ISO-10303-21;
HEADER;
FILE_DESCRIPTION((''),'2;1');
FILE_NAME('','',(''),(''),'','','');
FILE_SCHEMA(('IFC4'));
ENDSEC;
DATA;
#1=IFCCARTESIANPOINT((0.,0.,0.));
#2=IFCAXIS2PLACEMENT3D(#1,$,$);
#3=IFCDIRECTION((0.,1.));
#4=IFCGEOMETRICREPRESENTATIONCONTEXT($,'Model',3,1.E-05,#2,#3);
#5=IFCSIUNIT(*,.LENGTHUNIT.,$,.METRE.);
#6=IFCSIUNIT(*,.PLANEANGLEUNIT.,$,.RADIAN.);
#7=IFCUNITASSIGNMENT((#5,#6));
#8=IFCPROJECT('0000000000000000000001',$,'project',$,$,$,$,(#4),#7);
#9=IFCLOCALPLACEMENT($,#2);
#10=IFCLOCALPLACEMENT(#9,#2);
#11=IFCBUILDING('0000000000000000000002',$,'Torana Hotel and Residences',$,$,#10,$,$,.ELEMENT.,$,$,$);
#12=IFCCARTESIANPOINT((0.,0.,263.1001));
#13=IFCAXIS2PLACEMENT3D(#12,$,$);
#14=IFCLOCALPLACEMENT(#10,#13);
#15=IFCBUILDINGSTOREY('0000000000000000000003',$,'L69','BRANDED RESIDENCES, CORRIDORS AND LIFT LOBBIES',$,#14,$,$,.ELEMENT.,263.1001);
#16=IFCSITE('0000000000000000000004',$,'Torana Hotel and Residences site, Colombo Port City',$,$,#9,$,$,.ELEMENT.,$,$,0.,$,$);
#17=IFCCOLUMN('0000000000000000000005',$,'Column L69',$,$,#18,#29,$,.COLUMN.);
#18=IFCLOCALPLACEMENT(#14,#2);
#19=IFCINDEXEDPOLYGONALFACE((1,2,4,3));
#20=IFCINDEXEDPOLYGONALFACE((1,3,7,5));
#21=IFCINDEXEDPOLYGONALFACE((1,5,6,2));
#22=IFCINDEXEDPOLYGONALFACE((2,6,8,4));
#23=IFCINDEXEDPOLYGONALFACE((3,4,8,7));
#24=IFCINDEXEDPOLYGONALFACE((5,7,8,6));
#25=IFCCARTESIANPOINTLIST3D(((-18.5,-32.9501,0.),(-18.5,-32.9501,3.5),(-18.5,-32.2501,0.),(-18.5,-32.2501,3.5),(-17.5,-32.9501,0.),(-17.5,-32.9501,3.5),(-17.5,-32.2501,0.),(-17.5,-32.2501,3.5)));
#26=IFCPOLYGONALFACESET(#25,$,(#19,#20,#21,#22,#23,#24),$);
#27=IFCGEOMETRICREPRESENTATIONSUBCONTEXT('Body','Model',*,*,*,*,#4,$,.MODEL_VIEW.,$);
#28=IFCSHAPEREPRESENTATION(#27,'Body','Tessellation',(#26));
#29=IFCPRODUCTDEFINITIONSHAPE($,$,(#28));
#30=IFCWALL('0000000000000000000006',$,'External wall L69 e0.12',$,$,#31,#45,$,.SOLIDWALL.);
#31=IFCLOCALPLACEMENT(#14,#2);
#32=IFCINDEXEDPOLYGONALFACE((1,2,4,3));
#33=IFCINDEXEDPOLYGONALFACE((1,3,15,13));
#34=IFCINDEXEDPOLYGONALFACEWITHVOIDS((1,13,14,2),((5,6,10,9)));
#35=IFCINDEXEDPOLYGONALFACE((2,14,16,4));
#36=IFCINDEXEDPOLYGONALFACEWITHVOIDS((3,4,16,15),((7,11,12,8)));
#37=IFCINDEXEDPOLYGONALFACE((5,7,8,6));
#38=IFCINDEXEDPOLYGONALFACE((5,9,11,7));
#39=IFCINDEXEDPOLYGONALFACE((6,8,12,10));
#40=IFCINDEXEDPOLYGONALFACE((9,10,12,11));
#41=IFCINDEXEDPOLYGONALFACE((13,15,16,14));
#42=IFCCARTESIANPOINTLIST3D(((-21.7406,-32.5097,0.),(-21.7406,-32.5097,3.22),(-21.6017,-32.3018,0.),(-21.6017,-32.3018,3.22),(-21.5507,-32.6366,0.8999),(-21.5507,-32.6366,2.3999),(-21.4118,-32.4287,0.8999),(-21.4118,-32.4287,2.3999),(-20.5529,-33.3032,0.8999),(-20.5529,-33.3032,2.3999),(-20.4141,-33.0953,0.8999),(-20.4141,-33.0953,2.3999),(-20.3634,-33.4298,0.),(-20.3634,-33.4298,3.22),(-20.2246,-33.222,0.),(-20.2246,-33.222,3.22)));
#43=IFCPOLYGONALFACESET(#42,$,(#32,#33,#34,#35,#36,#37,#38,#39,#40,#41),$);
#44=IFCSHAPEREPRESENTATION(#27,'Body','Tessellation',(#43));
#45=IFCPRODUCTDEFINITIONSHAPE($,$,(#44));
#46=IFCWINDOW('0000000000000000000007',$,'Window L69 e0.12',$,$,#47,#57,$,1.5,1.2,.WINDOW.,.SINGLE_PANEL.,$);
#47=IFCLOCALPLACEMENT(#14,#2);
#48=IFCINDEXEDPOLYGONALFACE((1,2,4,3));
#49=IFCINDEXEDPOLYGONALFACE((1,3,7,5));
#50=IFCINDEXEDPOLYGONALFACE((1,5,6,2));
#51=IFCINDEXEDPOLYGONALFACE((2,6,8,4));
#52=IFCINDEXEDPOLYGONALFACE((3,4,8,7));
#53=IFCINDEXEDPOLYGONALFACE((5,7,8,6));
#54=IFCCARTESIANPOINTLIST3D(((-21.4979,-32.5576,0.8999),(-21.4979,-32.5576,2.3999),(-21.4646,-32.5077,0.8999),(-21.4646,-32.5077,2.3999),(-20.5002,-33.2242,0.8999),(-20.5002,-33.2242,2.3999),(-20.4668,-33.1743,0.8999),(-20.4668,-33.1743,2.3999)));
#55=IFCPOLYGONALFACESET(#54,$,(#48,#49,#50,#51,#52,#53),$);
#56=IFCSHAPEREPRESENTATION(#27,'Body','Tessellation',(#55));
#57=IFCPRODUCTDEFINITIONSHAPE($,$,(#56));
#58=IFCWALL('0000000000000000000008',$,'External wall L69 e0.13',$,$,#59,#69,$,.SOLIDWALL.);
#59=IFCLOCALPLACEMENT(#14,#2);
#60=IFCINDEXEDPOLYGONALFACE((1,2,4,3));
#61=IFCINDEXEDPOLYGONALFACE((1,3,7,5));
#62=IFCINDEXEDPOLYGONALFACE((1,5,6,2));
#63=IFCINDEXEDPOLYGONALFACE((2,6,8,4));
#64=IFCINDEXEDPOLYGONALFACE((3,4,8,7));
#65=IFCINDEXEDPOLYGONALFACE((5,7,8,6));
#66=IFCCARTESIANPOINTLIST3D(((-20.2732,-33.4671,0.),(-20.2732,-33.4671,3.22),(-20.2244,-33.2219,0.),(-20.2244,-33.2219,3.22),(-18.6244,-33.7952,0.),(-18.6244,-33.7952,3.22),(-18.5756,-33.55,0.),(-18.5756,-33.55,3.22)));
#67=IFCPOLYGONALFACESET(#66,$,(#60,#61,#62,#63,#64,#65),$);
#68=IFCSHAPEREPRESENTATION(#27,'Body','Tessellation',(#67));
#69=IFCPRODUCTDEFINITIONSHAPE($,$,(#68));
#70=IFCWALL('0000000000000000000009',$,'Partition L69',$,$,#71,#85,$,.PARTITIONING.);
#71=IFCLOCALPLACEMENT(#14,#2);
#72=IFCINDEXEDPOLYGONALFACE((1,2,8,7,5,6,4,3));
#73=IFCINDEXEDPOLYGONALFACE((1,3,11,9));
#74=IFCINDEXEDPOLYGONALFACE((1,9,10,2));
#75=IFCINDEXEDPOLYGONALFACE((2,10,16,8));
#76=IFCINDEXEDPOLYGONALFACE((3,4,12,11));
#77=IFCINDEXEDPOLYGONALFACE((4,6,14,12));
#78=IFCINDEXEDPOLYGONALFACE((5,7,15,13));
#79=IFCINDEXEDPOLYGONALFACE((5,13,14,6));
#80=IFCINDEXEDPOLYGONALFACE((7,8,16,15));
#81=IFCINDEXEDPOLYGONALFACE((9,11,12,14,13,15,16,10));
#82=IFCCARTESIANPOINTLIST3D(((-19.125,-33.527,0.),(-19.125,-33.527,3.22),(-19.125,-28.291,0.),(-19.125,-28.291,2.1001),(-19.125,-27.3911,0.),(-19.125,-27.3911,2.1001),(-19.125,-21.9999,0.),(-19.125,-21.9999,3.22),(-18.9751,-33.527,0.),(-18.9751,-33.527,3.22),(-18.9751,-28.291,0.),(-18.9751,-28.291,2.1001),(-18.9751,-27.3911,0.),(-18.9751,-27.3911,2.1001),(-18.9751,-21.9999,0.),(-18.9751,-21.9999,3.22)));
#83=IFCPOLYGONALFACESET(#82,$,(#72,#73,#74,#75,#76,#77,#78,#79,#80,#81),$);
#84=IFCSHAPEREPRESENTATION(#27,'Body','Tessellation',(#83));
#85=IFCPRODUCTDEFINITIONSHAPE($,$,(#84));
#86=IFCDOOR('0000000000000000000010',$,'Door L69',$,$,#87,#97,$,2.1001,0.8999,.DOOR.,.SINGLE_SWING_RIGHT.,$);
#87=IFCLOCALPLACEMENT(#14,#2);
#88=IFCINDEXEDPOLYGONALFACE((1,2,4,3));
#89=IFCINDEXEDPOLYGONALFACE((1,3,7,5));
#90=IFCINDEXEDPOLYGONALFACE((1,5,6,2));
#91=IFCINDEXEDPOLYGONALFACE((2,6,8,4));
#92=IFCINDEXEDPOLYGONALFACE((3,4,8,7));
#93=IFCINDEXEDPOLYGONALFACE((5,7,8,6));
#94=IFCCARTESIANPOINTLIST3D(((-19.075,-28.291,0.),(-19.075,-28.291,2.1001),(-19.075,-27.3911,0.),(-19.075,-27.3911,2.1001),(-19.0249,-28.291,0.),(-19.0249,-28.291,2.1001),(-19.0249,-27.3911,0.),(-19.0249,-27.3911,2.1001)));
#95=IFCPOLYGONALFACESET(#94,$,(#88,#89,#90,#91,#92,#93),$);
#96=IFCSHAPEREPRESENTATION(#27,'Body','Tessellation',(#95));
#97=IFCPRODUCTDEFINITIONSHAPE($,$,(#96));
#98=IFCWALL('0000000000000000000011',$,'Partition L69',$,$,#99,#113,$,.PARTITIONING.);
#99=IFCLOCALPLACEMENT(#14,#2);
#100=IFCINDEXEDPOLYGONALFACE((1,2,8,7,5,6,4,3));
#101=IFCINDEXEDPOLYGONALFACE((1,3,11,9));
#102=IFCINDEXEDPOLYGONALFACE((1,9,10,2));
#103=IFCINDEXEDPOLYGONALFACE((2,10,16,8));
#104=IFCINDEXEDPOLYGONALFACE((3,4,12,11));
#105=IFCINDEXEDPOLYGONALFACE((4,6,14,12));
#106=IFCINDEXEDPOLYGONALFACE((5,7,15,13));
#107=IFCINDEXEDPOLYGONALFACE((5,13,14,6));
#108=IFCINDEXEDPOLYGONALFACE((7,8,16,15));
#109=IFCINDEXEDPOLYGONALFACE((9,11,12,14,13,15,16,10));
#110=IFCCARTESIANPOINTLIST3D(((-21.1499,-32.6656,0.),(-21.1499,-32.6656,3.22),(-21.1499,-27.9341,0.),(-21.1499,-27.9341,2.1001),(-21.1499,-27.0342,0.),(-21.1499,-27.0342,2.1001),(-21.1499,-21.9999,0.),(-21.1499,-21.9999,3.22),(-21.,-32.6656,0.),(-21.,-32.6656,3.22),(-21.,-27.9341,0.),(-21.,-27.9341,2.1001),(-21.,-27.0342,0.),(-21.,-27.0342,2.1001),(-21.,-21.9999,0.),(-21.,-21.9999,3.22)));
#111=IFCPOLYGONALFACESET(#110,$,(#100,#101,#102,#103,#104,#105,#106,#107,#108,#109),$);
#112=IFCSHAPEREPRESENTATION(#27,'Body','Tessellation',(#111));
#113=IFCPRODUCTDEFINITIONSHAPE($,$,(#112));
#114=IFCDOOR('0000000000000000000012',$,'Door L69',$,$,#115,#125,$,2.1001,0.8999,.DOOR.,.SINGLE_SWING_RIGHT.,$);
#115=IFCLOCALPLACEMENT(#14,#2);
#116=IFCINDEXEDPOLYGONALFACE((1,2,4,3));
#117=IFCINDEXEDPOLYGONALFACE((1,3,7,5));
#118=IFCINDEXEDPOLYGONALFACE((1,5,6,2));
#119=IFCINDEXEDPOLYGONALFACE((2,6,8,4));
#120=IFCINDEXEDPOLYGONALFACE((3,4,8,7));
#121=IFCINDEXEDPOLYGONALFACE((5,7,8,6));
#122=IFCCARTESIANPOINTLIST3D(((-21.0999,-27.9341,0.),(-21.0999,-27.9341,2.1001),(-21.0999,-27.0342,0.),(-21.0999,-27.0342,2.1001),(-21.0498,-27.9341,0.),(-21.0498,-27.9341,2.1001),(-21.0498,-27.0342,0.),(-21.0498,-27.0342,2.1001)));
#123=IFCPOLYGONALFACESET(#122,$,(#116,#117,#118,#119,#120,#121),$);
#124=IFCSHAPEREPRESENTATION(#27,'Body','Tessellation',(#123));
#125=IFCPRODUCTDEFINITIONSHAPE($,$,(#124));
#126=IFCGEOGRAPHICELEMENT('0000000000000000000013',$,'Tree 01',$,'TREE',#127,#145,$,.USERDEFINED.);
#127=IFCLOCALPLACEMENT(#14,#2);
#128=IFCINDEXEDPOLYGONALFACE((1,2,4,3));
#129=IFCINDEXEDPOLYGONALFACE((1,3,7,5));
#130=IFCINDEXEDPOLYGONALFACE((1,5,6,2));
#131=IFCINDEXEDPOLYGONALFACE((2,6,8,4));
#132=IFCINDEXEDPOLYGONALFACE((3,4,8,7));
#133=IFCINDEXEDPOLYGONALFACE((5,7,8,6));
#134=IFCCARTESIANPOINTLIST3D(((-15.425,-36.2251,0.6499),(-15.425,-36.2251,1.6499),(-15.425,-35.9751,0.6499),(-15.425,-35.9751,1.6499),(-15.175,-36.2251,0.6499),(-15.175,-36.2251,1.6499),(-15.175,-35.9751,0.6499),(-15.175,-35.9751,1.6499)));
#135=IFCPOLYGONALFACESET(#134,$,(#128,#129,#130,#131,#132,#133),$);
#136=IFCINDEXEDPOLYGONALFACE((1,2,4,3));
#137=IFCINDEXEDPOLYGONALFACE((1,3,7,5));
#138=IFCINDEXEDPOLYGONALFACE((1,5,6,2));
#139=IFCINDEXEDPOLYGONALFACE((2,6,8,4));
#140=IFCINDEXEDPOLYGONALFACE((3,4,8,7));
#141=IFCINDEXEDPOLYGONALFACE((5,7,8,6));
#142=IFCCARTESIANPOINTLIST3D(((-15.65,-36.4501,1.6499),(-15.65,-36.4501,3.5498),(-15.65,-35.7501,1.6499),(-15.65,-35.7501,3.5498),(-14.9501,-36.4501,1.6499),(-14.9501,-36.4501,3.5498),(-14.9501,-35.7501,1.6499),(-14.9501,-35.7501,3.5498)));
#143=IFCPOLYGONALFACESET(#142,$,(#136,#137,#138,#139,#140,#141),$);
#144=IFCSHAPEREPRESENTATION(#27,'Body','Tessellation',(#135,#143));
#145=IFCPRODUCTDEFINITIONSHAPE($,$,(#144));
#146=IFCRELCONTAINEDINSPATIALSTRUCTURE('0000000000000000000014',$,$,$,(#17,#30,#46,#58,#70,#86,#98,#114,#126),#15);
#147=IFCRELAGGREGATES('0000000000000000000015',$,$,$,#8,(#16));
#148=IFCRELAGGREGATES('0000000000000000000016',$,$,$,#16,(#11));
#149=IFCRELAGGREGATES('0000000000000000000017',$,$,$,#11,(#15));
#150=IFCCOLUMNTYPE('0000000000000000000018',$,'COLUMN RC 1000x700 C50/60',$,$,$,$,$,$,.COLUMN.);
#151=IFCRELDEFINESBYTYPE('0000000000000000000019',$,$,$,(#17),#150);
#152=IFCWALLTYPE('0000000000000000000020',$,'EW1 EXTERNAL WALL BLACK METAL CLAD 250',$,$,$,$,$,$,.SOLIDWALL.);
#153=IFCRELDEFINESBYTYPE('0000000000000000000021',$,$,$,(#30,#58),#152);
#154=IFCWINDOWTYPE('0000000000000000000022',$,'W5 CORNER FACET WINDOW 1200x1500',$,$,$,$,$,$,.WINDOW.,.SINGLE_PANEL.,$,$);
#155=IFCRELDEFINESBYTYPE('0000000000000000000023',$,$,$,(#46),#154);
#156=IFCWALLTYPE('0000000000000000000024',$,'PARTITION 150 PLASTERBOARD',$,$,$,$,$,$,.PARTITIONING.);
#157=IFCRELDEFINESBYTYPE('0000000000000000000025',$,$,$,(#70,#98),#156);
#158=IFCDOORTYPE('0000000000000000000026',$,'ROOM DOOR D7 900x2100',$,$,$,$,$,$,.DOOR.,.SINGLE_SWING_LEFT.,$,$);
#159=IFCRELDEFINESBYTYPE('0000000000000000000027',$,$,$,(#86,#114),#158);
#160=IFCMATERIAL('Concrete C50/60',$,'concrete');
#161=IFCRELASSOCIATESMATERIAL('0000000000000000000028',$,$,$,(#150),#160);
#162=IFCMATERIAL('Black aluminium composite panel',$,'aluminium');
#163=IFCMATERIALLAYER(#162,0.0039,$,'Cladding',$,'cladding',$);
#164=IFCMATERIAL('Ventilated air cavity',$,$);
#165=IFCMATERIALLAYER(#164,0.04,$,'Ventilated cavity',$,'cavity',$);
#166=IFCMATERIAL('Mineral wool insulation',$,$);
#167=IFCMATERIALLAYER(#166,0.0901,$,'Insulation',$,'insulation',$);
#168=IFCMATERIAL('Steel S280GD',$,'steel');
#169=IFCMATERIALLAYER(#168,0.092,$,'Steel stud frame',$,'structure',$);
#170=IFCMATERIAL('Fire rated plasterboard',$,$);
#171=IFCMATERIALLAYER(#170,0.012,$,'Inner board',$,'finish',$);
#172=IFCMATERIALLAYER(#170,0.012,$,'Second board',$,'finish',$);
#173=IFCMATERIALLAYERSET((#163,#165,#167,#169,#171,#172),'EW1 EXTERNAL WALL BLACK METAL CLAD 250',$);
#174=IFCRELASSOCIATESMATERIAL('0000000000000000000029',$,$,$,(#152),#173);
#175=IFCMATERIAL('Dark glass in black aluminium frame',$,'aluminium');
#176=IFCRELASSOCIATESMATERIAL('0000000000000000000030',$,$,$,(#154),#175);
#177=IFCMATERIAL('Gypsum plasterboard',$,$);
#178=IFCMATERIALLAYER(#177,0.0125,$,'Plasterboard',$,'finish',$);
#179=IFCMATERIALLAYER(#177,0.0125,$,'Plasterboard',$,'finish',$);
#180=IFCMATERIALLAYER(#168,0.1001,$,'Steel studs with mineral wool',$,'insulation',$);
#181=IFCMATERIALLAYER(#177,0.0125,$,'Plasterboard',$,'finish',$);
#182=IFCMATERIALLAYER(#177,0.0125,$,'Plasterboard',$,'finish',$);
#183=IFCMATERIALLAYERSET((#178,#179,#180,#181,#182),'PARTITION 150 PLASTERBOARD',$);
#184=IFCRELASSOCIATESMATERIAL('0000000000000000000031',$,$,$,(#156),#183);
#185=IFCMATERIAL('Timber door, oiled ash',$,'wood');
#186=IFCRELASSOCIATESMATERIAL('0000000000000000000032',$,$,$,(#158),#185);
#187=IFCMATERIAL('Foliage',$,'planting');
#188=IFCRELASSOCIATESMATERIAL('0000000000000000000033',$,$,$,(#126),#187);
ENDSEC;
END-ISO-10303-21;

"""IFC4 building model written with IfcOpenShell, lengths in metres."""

from ifc_helpers import new_model, si_unit, direction, frame, frame_2d, origin, origin_2d, place, context, subcontext, project, spatial, rectangle, extrude, material, layer, layer_set, material_profile, profile_set, type_object, element, fill, save


model = new_model("IFC4")

# Units and contexts
model_context = context("Model", 3, precision=1e-05, world=origin(), true_north=direction((0.0, 1.0)))
body_context = subcontext(model_context, "Body", "Model", "MODEL_VIEW")
ifc_project = project(units=[si_unit("LENGTHUNIT", "METRE"), si_unit("PLANEANGLEUNIT", "RADIAN")], contexts=[model_context])

# Site, building, storey
site_placement = place(None, origin())
site = spatial("IfcSite", under=ifc_project, at=site_placement, Name="Torana Hotel and Residences site, Colombo Port City", CompositionType="ELEMENT", RefElevation=0.0)
building_placement = place(site_placement, origin())
building = spatial("IfcBuilding", under=site, at=building_placement, Name="Torana Hotel and Residences", CompositionType="ELEMENT")
storey_placement = place(building_placement, frame((0.0, 0.0, 263.1001)))
storey = spatial("IfcBuildingStorey", under=building, at=storey_placement, Name="L69", Description="BRANDED RESIDENCES, CORRIDORS AND LIFT LOBBIES", CompositionType="ELEMENT", Elevation=263.1001)

# Column
ifc_material_1 = material(Name="Concrete C50/60", Category="concrete")
ifc_material_profile = material_profile(ifc_material_1, rectangle(XDim=1.0, YDim=0.7, at=origin_2d()), Name="RC 1000x700")
ifc_profile_set = profile_set([ifc_material_profile], Name="Concrete C50/60")
column_type = type_object("IfcColumnType", Name="COLUMN RC 1000x700 C50/60", PredefinedType="COLUMN", material=ifc_profile_set)
column_placement = place(storey_placement, frame((-18.0, -32.6001, 0.0), z_axis=(0.0, 0.0, 1.0), x_axis=(1.0, 0.0, 0.0)))
element("IfcColumn", 1, at=column_placement, inside=storey, type_object=column_type, Name="Column L69", PredefinedType="COLUMN", context=body_context, shape_type="SweptSolid", body=[
    extrude(rectangle(XDim=1.0, YDim=0.7, at=origin_2d()), origin(), (0.0, 0.0, 1.0), 3.5),
])

# Wall, opening, window
ifc_material_2 = material(Name="Black aluminium composite panel", Category="aluminium")
ifc_layer_1 = layer(ifc_material_2, 0.0039, Name="Cladding", Category="cladding")
ifc_material_3 = material(Name="Ventilated air cavity")
ifc_layer_2 = layer(ifc_material_3, 0.04, Name="Ventilated cavity", Category="cavity")
ifc_material_4 = material(Name="Mineral wool insulation")
ifc_layer_3 = layer(ifc_material_4, 0.0901, Name="Insulation", Category="insulation")
ifc_material_5 = material(Name="Steel S280GD", Category="steel")
ifc_layer_4 = layer(ifc_material_5, 0.092, Name="Steel stud frame", Category="structure")
ifc_material_6 = material(Name="Fire rated plasterboard")
ifc_layer_5 = layer(ifc_material_6, 0.012, Name="Inner board", Category="finish")
ifc_layer_6 = layer(ifc_material_6, 0.012, Name="Second board", Category="finish")
ifc_layer_set_1 = layer_set([ifc_layer_1, ifc_layer_2, ifc_layer_3, ifc_layer_4, ifc_layer_5, ifc_layer_6], Name="EW1 EXTERNAL WALL BLACK METAL CLAD 250")
wall_type_1 = type_object("IfcWallType", Name="EW1 EXTERNAL WALL BLACK METAL CLAD 250", PredefinedType="SOLIDWALL", material=ifc_layer_set_1)
wall_1_placement = place(storey_placement, frame((-21.6711, -32.4058, 0.0), z_axis=(0.0, 0.0, 1.0), x_axis=(0.831483, -0.55555, 0.0)))
wall_1 = element("IfcWall", 2, at=wall_1_placement, inside=storey, type_object=wall_type_1, Name="External wall L69 e0.12", PredefinedType="SOLIDWALL", context=body_context, shape_type="SweptSolid", body=[
    extrude(rectangle(XDim=1.6562, YDim=0.25, at=frame_2d((0.8281, 0.0))), origin(), (0.0, 0.0, 1.0), 3.22),
])
opening_1_placement = place(wall_1_placement, frame((0.2283, 0.0, 0.8999)))
opening_1 = element("IfcOpeningElement", 3, at=opening_1_placement, cuts=wall_1, PredefinedType="OPENING", context=body_context, shape_type="SweptSolid", body=[
    extrude(rectangle(XDim=1.2, YDim=1.5, at=frame_2d((0.6001, 0.75))), frame((0.0, 0.135, 0.0), z_axis=(0.0, -1.0, 0.0), x_axis=(1.0, 0.0, 0.0)), (0.0, 0.0, 1.0), 0.27),
])
ifc_material_7 = material(Name="Dark glass in black aluminium frame", Category="aluminium")
window_type_1 = type_object("IfcWindowType", Name="W5 CORNER FACET WINDOW 1200x1500", PartitioningType="SINGLE_PANEL", PredefinedType="WINDOW", material=ifc_material_7)
window_1_placement = place(opening_1_placement, origin())
window_1 = element("IfcWindow", 4, at=window_1_placement, inside=storey, type_object=window_type_1, Name="Window L69 e0.12", OverallHeight=1.5, OverallWidth=1.2, PartitioningType="SINGLE_PANEL", PredefinedType="WINDOW", context=body_context, shape_type="SweptSolid", body=[
    extrude(rectangle(XDim=1.2, YDim=1.5, at=frame_2d((0.6001, 0.75))), frame((0.0, 0.03, 0.0), z_axis=(0.0, -1.0, 0.0), x_axis=(1.0, 0.0, 0.0)), (0.0, 0.0, 1.0), 0.0601),
])
fill(opening_1, window_1)

# Wall
wall_2_placement = place(storey_placement, frame((-20.2488, -33.3445, 0.0), z_axis=(0.0, 0.0, 1.0), x_axis=(0.98077, -0.195167, 0.0)))
element("IfcWall", 5, at=wall_2_placement, inside=storey, type_object=wall_type_1, Name="External wall L69 e0.13", PredefinedType="SOLIDWALL", context=body_context, shape_type="SweptSolid", body=[
    extrude(rectangle(XDim=1.6812, YDim=0.25, at=frame_2d((0.8406, 0.0))), origin(), (0.0, 0.0, 1.0), 3.22),
])

# Walls, openings, doors
ifc_material_8 = material(Name="Gypsum plasterboard")
ifc_layer_7 = layer(ifc_material_8, 0.0125, Name="Plasterboard", Category="finish")
ifc_layer_8 = layer(ifc_material_8, 0.0125, Name="Plasterboard", Category="finish")
ifc_layer_9 = layer(ifc_material_5, 0.1001, Name="Steel studs with mineral wool", Category="insulation")
ifc_layer_10 = layer(ifc_material_8, 0.0125, Name="Plasterboard", Category="finish")
ifc_layer_11 = layer(ifc_material_8, 0.0125, Name="Plasterboard", Category="finish")
ifc_layer_set_2 = layer_set([ifc_layer_7, ifc_layer_8, ifc_layer_9, ifc_layer_10, ifc_layer_11], Name="PARTITION 150 PLASTERBOARD")
wall_type_2 = type_object("IfcWallType", Name="PARTITION 150 PLASTERBOARD", PredefinedType="PARTITIONING", material=ifc_layer_set_2)
wall_3_placement = place(storey_placement, frame((-19.05, -33.5271, 0.0), z_axis=(0.0, 0.0, 1.0), x_axis=(0.0, 1.0, 0.0)))
wall_3 = element("IfcWall", 6, at=wall_3_placement, inside=storey, type_object=wall_type_2, Name="Partition L69", PredefinedType="PARTITIONING", context=body_context, shape_type="SweptSolid", body=[
    extrude(rectangle(XDim=11.5271, YDim=0.1499, at=frame_2d((5.7637, 0.0))), origin(), (0.0, 0.0, 1.0), 3.22),
])
opening_2_placement = place(wall_3_placement, frame((5.2361, 0.0, 0.0)))
opening_2 = element("IfcOpeningElement", 7, at=opening_2_placement, cuts=wall_3, PredefinedType="OPENING", context=body_context, shape_type="SweptSolid", body=[
    extrude(rectangle(XDim=0.8999, YDim=2.1001, at=frame_2d((0.45, 1.05))), frame((0.0, 0.085, 0.0), z_axis=(0.0, -1.0, 0.0), x_axis=(1.0, 0.0, 0.0)), (0.0, 0.0, 1.0), 0.1699),
])
ifc_material_9 = material(Name="Timber door, oiled ash", Category="wood")
door_type_1 = type_object("IfcDoorType", Name="ROOM DOOR D7 900x2100", OperationType="SINGLE_SWING_LEFT", PredefinedType="DOOR", material=ifc_material_9)
door_1_placement = place(opening_2_placement, origin())
door_1 = element("IfcDoor", 8, at=door_1_placement, inside=storey, type_object=door_type_1, Name="Door L69", OperationType="SINGLE_SWING_RIGHT", OverallHeight=2.1001, OverallWidth=0.8999, PredefinedType="DOOR", context=body_context, shape_type="SweptSolid", body=[
    extrude(rectangle(XDim=0.8999, YDim=2.1001, at=frame_2d((0.45, 1.05))), frame((0.0, 0.0249, 0.0), z_axis=(0.0, -1.0, 0.0), x_axis=(1.0, 0.0, 0.0)), (0.0, 0.0, 1.0), 0.05),
])
fill(opening_2, door_1)
wall_4_placement = place(storey_placement, frame((-21.075, -32.6658, 0.0), z_axis=(0.0, 0.0, 1.0), x_axis=(0.0, 1.0, 0.0)))
wall_4 = element("IfcWall", 9, at=wall_4_placement, inside=storey, type_object=wall_type_2, Name="Partition L69", PredefinedType="PARTITIONING", context=body_context, shape_type="SweptSolid", body=[
    extrude(rectangle(XDim=10.6658, YDim=0.1499, at=frame_2d((5.333, 0.0))), origin(), (0.0, 0.0, 1.0), 3.22),
])
opening_3_placement = place(wall_4_placement, frame((4.7317, 0.0, 0.0)))
opening_3 = element("IfcOpeningElement", 10, at=opening_3_placement, cuts=wall_4, PredefinedType="OPENING", context=body_context, shape_type="SweptSolid", body=[
    extrude(rectangle(XDim=0.8999, YDim=2.1001, at=frame_2d((0.45, 1.05))), frame((0.0, 0.085, 0.0), z_axis=(0.0, -1.0, 0.0), x_axis=(1.0, 0.0, 0.0)), (0.0, 0.0, 1.0), 0.1699),
])
door_2_placement = place(opening_3_placement, origin())
door_2 = element("IfcDoor", 11, at=door_2_placement, inside=storey, type_object=door_type_1, Name="Door L69", OperationType="SINGLE_SWING_RIGHT", OverallHeight=2.1001, OverallWidth=0.8999, PredefinedType="DOOR", context=body_context, shape_type="SweptSolid", body=[
    extrude(rectangle(XDim=0.8999, YDim=2.1001, at=frame_2d((0.45, 1.05))), frame((0.0, 0.0249, 0.0), z_axis=(0.0, -1.0, 0.0), x_axis=(1.0, 0.0, 0.0)), (0.0, 0.0, 1.0), 0.05),
])
fill(opening_3, door_2)

# Geographic element
ifc_material_10 = material(Name="Foliage", Category="planting")
geographic_element_placement = place(storey_placement, frame((-15.3, -36.1001, 0.6499), z_axis=(0.0, 0.0, 1.0), x_axis=(1.0, 0.0, 0.0)))
element("IfcGeographicElement", 12, at=geographic_element_placement, inside=storey, material=ifc_material_10, Name="Tree 01", ObjectType="TREE", PredefinedType="USERDEFINED", context=body_context, shape_type="SweptSolid", body=[
    extrude(rectangle(XDim=0.25, YDim=0.25, at=origin_2d()), origin(), (0.0, 0.0, 1.0), 1.0),
    extrude(rectangle(XDim=0.7, YDim=0.7, at=origin_2d()), frame((0.0, 0.0, 1.0)), (0.0, 0.0, 1.0), 1.8999),
])

save(model, "model.ifc")
